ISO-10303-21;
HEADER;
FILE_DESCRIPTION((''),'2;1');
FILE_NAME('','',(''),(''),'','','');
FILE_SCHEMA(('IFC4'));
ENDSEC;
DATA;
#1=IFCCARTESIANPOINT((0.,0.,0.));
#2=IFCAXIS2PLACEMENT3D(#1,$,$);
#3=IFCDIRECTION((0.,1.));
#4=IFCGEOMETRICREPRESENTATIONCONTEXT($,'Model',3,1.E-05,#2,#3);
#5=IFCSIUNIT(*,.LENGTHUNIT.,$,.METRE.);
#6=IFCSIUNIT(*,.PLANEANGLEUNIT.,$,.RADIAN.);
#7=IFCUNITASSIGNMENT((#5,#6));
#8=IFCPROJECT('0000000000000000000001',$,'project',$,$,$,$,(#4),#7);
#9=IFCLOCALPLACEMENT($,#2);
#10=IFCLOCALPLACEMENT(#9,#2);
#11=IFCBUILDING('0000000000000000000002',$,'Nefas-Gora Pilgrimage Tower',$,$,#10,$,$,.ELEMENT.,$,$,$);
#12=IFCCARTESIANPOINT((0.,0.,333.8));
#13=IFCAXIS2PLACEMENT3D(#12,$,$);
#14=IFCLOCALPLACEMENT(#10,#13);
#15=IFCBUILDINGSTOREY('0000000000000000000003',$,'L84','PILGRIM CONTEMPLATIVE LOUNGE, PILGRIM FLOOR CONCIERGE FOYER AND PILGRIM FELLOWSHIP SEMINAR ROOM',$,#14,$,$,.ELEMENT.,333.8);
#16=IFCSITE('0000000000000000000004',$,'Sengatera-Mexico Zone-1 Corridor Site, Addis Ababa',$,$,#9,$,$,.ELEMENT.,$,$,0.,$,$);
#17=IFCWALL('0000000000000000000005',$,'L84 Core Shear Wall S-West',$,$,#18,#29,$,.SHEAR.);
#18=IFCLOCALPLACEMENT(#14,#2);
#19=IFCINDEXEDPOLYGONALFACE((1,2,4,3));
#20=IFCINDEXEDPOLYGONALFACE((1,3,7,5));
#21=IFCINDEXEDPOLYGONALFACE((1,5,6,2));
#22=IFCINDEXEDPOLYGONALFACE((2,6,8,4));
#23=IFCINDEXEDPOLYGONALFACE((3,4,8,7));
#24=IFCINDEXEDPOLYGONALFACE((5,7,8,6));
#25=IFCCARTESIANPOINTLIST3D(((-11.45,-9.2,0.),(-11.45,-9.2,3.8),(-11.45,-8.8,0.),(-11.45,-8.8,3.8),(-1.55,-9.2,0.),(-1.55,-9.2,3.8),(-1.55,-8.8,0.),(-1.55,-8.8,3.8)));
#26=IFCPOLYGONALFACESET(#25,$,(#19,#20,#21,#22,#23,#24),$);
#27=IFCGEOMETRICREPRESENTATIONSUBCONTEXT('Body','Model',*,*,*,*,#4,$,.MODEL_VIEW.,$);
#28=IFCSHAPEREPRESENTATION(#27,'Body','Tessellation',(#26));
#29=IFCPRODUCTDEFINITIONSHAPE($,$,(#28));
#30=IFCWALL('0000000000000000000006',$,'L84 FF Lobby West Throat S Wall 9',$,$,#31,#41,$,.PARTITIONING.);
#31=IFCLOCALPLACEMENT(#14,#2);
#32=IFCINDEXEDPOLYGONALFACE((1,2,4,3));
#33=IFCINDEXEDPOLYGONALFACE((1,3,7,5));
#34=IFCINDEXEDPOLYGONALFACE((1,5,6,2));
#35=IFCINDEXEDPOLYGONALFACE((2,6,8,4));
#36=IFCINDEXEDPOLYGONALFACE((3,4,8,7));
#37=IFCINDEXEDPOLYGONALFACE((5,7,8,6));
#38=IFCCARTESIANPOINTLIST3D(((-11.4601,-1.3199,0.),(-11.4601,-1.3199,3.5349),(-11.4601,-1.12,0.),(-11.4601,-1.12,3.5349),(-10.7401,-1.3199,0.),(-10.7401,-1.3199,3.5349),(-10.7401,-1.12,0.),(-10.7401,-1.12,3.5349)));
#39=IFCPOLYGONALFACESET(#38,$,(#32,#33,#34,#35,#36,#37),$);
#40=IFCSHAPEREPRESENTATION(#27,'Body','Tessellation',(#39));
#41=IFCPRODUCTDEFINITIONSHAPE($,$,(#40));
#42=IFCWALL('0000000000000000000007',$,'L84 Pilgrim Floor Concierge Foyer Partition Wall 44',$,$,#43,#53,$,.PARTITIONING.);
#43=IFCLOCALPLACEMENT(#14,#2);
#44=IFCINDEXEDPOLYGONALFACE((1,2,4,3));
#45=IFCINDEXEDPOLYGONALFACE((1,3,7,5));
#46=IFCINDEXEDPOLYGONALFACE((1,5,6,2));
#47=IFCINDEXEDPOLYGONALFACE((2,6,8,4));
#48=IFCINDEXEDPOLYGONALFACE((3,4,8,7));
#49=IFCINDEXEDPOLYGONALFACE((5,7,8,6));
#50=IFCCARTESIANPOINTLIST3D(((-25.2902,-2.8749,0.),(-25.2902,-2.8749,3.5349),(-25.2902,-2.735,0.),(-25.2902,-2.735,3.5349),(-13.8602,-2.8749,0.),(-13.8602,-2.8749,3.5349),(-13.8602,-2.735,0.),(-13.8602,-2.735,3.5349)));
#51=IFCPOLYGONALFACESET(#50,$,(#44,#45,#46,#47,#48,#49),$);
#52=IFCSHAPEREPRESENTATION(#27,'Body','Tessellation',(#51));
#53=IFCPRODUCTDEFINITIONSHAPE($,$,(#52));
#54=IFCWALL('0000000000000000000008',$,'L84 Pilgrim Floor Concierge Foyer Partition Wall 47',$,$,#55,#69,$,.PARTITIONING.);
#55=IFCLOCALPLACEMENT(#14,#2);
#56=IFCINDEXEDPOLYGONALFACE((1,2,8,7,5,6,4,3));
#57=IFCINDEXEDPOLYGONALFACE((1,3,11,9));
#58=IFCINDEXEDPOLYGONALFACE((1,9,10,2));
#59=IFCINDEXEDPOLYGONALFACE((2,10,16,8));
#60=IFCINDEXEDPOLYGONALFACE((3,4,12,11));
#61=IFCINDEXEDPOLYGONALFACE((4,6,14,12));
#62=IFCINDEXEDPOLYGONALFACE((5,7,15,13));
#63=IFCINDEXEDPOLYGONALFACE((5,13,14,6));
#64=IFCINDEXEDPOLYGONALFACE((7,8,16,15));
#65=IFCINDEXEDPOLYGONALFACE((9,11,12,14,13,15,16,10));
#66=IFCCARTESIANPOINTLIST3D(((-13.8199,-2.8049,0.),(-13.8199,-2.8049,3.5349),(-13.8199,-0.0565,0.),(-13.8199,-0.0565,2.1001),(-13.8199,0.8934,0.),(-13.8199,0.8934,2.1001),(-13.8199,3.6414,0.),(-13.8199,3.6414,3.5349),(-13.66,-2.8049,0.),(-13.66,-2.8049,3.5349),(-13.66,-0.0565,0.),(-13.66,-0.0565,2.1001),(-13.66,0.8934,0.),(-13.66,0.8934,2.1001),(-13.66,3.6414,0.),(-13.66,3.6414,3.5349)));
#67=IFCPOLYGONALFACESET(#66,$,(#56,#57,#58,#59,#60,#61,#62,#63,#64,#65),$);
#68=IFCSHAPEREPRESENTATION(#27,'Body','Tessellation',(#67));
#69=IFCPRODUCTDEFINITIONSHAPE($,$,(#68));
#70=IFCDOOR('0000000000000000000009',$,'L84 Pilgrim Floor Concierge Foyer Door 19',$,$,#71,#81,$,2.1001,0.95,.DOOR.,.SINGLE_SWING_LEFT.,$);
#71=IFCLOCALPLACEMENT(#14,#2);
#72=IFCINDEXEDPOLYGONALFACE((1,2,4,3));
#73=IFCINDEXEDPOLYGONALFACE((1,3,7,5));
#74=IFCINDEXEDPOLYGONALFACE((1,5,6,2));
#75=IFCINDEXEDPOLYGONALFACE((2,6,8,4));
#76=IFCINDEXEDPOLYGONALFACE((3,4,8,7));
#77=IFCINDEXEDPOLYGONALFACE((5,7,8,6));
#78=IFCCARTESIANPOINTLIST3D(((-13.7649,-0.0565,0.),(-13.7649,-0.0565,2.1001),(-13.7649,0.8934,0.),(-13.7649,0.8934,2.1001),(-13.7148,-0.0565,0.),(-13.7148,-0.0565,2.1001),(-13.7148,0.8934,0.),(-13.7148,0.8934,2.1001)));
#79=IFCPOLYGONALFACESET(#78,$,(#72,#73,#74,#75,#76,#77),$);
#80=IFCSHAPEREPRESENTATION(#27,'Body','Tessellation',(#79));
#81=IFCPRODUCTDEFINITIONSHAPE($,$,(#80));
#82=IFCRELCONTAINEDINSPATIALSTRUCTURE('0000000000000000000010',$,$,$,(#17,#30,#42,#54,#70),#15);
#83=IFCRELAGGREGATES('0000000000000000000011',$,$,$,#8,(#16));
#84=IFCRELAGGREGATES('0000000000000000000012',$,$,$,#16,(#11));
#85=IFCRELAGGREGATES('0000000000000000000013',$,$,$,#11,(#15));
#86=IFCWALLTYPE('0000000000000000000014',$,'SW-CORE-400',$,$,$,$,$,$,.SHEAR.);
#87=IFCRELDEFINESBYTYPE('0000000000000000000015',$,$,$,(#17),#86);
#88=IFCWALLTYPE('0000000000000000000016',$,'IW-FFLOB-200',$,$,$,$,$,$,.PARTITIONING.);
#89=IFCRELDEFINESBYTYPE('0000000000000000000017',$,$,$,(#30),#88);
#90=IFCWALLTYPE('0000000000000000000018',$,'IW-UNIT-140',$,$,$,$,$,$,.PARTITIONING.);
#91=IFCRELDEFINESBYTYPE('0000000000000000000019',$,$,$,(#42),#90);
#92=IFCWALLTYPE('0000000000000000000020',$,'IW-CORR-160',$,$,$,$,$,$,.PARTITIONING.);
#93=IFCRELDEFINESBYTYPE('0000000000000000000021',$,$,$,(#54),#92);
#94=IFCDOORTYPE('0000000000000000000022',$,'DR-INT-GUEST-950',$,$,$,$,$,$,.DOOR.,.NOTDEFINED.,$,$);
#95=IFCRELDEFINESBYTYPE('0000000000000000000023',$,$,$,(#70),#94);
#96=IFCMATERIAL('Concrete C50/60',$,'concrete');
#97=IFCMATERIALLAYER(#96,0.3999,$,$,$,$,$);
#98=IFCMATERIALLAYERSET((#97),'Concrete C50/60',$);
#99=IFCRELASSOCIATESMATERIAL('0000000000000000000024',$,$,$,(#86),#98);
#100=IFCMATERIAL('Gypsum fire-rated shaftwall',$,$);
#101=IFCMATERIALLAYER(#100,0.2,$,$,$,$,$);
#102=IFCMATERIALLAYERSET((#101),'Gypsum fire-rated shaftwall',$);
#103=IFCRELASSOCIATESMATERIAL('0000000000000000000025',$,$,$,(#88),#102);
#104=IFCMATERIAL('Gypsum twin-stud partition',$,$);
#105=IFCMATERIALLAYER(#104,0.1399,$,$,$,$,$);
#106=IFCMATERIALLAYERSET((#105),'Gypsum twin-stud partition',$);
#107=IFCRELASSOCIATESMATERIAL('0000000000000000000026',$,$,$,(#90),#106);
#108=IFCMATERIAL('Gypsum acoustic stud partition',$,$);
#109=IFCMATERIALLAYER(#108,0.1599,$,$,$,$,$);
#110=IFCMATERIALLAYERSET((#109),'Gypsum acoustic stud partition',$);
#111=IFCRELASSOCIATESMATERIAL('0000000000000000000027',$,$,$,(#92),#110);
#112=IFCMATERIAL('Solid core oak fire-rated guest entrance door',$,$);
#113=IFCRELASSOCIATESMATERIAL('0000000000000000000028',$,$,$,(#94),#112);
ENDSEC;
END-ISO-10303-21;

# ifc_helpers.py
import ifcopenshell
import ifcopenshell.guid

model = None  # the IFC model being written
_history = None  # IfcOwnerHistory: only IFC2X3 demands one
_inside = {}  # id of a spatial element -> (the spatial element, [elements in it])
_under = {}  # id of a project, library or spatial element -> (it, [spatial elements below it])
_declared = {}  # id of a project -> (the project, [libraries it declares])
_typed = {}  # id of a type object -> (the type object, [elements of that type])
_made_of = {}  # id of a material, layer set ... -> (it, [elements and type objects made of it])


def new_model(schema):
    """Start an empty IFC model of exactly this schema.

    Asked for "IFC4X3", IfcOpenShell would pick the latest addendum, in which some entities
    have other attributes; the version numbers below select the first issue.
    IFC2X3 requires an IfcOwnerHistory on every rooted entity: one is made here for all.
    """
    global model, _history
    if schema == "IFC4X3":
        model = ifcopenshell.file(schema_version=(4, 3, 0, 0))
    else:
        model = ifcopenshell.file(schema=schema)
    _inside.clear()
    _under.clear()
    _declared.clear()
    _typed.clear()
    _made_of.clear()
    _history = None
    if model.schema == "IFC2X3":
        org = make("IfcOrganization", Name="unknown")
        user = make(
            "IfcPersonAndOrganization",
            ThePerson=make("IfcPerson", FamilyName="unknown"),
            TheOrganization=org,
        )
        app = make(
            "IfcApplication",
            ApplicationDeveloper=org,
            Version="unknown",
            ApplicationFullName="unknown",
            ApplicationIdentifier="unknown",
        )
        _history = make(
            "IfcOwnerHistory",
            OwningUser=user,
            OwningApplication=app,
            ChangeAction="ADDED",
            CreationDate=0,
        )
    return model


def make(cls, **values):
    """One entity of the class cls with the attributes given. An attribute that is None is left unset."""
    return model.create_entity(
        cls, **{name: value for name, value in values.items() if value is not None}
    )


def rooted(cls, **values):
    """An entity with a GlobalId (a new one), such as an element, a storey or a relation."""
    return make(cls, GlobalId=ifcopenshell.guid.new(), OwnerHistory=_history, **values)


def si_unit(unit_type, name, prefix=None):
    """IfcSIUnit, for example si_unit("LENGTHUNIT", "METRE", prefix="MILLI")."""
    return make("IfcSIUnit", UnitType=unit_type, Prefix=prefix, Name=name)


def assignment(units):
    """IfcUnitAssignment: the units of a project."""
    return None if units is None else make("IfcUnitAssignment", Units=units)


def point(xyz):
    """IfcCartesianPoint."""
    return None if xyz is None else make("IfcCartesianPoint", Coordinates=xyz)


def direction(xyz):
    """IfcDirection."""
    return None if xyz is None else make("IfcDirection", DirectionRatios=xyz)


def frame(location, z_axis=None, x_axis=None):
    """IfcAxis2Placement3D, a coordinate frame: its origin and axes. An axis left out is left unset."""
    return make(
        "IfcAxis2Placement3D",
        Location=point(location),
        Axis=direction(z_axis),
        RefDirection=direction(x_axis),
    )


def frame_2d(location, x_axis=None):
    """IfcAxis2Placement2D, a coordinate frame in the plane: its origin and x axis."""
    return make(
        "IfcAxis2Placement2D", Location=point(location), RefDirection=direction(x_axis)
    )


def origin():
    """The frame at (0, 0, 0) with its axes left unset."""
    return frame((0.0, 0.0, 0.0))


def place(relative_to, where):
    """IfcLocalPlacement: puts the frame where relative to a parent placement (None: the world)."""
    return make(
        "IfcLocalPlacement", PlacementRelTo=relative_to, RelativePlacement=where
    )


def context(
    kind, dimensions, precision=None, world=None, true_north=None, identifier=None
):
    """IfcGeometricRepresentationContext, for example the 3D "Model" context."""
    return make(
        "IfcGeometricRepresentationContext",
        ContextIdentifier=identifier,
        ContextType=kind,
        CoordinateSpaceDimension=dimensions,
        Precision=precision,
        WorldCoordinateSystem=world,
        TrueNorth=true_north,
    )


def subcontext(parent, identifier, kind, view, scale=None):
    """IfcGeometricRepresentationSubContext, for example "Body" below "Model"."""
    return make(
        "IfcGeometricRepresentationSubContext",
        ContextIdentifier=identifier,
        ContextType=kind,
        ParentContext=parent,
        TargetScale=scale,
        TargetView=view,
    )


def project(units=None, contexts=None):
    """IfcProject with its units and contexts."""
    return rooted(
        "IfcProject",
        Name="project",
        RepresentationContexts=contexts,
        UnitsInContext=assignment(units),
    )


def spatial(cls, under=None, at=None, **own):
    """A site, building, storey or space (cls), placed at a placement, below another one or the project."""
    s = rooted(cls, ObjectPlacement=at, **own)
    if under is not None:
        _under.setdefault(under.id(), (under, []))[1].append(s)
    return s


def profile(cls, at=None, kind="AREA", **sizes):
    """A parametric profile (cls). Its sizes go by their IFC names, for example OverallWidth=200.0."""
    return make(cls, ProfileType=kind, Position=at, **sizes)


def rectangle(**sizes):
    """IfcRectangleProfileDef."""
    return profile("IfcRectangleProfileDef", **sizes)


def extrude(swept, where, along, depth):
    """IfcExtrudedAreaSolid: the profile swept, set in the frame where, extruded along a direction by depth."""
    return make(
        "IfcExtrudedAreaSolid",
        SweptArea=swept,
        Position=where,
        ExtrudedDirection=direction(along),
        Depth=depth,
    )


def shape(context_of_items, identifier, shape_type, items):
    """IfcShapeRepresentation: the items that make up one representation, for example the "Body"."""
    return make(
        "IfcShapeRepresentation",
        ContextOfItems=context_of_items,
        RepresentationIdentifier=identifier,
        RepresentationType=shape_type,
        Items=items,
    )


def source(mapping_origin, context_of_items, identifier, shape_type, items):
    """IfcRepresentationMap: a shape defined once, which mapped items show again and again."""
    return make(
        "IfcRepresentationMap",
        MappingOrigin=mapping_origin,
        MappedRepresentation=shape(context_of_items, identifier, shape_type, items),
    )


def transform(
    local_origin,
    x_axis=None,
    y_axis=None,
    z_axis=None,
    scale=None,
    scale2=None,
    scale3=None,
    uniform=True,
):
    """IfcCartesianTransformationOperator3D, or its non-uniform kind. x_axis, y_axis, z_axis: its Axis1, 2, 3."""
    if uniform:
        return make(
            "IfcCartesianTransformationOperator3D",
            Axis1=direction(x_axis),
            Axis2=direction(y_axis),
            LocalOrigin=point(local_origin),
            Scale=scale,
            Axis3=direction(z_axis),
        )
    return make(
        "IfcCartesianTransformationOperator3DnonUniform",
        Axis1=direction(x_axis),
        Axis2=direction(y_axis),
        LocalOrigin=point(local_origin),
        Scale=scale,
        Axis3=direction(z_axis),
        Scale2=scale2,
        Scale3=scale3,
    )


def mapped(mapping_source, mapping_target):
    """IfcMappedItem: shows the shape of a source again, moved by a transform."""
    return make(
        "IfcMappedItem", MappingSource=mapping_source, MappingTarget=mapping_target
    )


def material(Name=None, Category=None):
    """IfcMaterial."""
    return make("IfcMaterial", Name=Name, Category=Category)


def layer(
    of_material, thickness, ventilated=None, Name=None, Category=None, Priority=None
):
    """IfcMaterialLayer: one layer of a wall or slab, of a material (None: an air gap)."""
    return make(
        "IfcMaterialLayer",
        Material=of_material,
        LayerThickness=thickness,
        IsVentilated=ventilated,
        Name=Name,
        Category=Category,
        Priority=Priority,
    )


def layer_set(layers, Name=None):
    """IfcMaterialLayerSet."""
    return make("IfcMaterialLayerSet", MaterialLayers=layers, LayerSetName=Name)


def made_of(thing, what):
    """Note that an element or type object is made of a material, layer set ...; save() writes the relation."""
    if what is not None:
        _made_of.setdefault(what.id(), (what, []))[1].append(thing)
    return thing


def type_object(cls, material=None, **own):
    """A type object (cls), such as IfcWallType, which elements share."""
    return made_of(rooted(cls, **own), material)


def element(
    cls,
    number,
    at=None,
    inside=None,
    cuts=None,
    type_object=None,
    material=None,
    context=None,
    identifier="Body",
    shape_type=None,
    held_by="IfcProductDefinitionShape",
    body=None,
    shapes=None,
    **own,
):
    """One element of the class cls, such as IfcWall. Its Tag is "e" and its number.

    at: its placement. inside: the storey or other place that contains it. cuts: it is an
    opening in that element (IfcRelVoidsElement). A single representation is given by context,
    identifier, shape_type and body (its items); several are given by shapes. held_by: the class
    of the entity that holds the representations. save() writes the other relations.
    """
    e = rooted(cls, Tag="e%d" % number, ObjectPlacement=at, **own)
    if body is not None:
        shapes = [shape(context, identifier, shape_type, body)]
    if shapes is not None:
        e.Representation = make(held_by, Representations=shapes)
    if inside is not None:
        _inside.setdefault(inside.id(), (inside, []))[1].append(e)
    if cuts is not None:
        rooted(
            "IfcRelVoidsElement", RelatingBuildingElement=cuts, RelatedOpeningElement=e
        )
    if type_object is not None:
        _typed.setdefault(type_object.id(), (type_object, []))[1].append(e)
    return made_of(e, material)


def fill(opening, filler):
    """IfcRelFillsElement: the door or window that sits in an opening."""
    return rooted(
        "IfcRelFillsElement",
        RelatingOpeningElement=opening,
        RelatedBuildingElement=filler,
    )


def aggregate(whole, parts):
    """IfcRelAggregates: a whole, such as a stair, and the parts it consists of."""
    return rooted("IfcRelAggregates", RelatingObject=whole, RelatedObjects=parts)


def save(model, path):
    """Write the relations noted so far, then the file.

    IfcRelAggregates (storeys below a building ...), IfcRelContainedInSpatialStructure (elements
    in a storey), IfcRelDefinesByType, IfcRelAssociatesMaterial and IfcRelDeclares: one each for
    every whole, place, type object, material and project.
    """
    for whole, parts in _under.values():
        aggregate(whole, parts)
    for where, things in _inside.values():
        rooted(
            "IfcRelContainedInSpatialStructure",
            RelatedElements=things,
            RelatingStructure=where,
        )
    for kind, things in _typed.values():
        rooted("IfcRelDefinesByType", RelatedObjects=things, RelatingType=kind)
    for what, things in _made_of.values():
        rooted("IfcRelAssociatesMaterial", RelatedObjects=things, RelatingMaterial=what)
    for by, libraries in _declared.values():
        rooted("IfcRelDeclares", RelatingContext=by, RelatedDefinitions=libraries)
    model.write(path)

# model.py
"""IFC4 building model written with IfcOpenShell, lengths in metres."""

from ifc_helpers import new_model, si_unit, direction, frame, frame_2d, origin, place, context, subcontext, project, spatial, rectangle, extrude, source, transform, mapped, material, layer, layer_set, type_object, element, fill, save


model = new_model("IFC4")

# Units and contexts
model_context = context("Model", 3, precision=1e-05, world=origin(), true_north=direction((0.0, 1.0)))
body_context = subcontext(model_context, "Body", "Model", "MODEL_VIEW")
ifc_project = project(units=[si_unit("LENGTHUNIT", "METRE"), si_unit("PLANEANGLEUNIT", "RADIAN")], contexts=[model_context])

# Site, building, storey
site_placement = place(None, origin())
site = spatial("IfcSite", under=ifc_project, at=site_placement, Name="Sengatera-Mexico Zone-1 Corridor Site, Addis Ababa", CompositionType="ELEMENT", RefElevation=0.0)
building_placement = place(site_placement, origin())
building = spatial("IfcBuilding", under=site, at=building_placement, Name="Nefas-Gora Pilgrimage Tower", CompositionType="ELEMENT")
storey_placement = place(building_placement, frame((0.0, 0.0, 333.8)))
storey = spatial("IfcBuildingStorey", under=building, at=storey_placement, Name="L84", Description="PILGRIM CONTEMPLATIVE LOUNGE, PILGRIM FLOOR CONCIERGE FOYER AND PILGRIM FELLOWSHIP SEMINAR ROOM", CompositionType="ELEMENT", Elevation=333.8)

# Walls
ifc_material_1 = material(Name="Concrete C50/60", Category="concrete")
ifc_layer_1 = layer(ifc_material_1, 0.3999)
ifc_layer_set_1 = layer_set([ifc_layer_1], Name="Concrete C50/60")
wall_type_1 = type_object("IfcWallType", Name="SW-CORE-400", PredefinedType="SHEAR", material=ifc_layer_set_1)
shared_shape_1 = source(origin(), body_context, "Body", "SweptSolid", [
    extrude(rectangle(XDim=9.8999, YDim=0.3999, at=frame_2d((4.95, 0.0))), origin(), (0.0, 0.0, 1.0), 3.8),
])
wall_1_placement = place(storey_placement, frame((-11.45, -9.0, 0.0), z_axis=(0.0, 0.0, 1.0), x_axis=(1.0, 0.0, 0.0)))
element("IfcWall", 1, at=wall_1_placement, inside=storey, type_object=wall_type_1, Name="L84 Core Shear Wall S-West", PredefinedType="SHEAR", context=body_context, shape_type="MappedRepresentation", body=[
    mapped(shared_shape_1, transform((0.0, 0.0, 0.0), x_axis=(1.0, 0.0, 0.0), y_axis=(0.0, 1.0, 0.0), z_axis=(0.0, 0.0, 1.0), scale=1.0)),
])
ifc_material_2 = material(Name="Gypsum fire-rated shaftwall")
ifc_layer_2 = layer(ifc_material_2, 0.2)
ifc_layer_set_2 = layer_set([ifc_layer_2], Name="Gypsum fire-rated shaftwall")
wall_type_2 = type_object("IfcWallType", Name="IW-FFLOB-200", PredefinedType="PARTITIONING", material=ifc_layer_set_2)
shared_shape_2 = source(origin(), body_context, "Body", "SweptSolid", [
    extrude(rectangle(XDim=0.72, YDim=0.2, at=frame_2d((0.3599, 0.0))), origin(), (0.0, 0.0, 1.0), 3.5349),
])
wall_2_placement = place(storey_placement, frame((-11.46, -1.22, 0.0), z_axis=(0.0, 0.0, 1.0), x_axis=(1.0, 0.0, 0.0)))
element("IfcWall", 2, at=wall_2_placement, inside=storey, type_object=wall_type_2, Name="L84 FF Lobby West Throat S Wall 9", PredefinedType="PARTITIONING", context=body_context, shape_type="MappedRepresentation", body=[
    mapped(shared_shape_2, transform((0.0, 0.0, 0.0), x_axis=(1.0, 0.0, 0.0), y_axis=(0.0, 1.0, 0.0), z_axis=(0.0, 0.0, 1.0), scale=1.0)),
])
ifc_material_3 = material(Name="Gypsum twin-stud partition")
ifc_layer_3 = layer(ifc_material_3, 0.1399)
ifc_layer_set_3 = layer_set([ifc_layer_3], Name="Gypsum twin-stud partition")
wall_type_3 = type_object("IfcWallType", Name="IW-UNIT-140", PredefinedType="PARTITIONING", material=ifc_layer_set_3)
shared_shape_3 = source(origin(), body_context, "Body", "SweptSolid", [
    extrude(rectangle(XDim=11.4299, YDim=0.1399, at=frame_2d((5.7148, 0.0))), origin(), (0.0, 0.0, 1.0), 3.5349),
])
wall_3_placement = place(storey_placement, frame((-25.29, -2.8049, 0.0), z_axis=(0.0, 0.0, 1.0), x_axis=(1.0, 0.0, 0.0)))
element("IfcWall", 3, at=wall_3_placement, inside=storey, type_object=wall_type_3, Name="L84 Pilgrim Floor Concierge Foyer Partition Wall 44", PredefinedType="PARTITIONING", context=body_context, shape_type="MappedRepresentation", body=[
    mapped(shared_shape_3, transform((0.0, 0.0, 0.0), x_axis=(1.0, 0.0, 0.0), y_axis=(0.0, 1.0, 0.0), z_axis=(0.0, 0.0, 1.0), scale=1.0)),
])

# Wall, opening, door
ifc_material_4 = material(Name="Gypsum acoustic stud partition")
ifc_layer_4 = layer(ifc_material_4, 0.1599)
ifc_layer_set_4 = layer_set([ifc_layer_4], Name="Gypsum acoustic stud partition")
wall_type_4 = type_object("IfcWallType", Name="IW-CORR-160", PredefinedType="PARTITIONING", material=ifc_layer_set_4)
shared_shape_4 = source(origin(), body_context, "Body", "SweptSolid", [
    extrude(rectangle(XDim=6.4463, YDim=0.1599, at=frame_2d((3.2231, 0.0))), origin(), (0.0, 0.0, 1.0), 3.5349),
])
wall_4_placement = place(storey_placement, frame((-13.74, -2.8049, 0.0), z_axis=(0.0, 0.0, 1.0), x_axis=(0.0, 1.0, 0.0)))
wall_4 = element("IfcWall", 4, at=wall_4_placement, inside=storey, type_object=wall_type_4, Name="L84 Pilgrim Floor Concierge Foyer Partition Wall 47", PredefinedType="PARTITIONING", context=body_context, shape_type="MappedRepresentation", body=[
    mapped(shared_shape_4, transform((0.0, 0.0, 0.0), x_axis=(1.0, 0.0, 0.0), y_axis=(0.0, 1.0, 0.0), z_axis=(0.0, 0.0, 1.0), scale=1.0)),
])
opening_1_placement = place(wall_4_placement, frame((2.7483, 0.0, 0.0)))
opening_1 = element("IfcOpeningElement", 5, at=opening_1_placement, cuts=wall_4, PredefinedType="OPENING", context=body_context, shape_type="SweptSolid", body=[
    extrude(rectangle(XDim=0.95, YDim=2.1001, at=frame_2d((0.4751, 1.05))), frame((0.0, 0.0898, 0.0), z_axis=(0.0, -1.0, 0.0), x_axis=(1.0, 0.0, 0.0)), (0.0, 0.0, 1.0), 0.1799),
])
ifc_material_5 = material(Name="Solid core oak fire-rated guest entrance door")
door_type_1 = type_object("IfcDoorType", Name="DR-INT-GUEST-950", OperationType="NOTDEFINED", PredefinedType="DOOR", material=ifc_material_5)
shared_shape_5 = source(origin(), body_context, "Body", "SweptSolid", [
    extrude(rectangle(XDim=0.95, YDim=2.1001, at=frame_2d((0.4751, 1.05))), frame((0.0, 0.0249, 0.0), z_axis=(0.0, -1.0, 0.0), x_axis=(1.0, 0.0, 0.0)), (0.0, 0.0, 1.0), 0.05),
])
door_1_placement = place(opening_1_placement, origin())
door_1 = element("IfcDoor", 6, at=door_1_placement, inside=storey, type_object=door_type_1, Name="L84 Pilgrim Floor Concierge Foyer Door 19", OperationType="SINGLE_SWING_LEFT", OverallHeight=2.1001, OverallWidth=0.95, PredefinedType="DOOR", context=body_context, shape_type="MappedRepresentation", body=[
    mapped(shared_shape_5, transform((0.0, 0.0, 0.0), x_axis=(1.0, 0.0, 0.0), y_axis=(0.0, 1.0, 0.0), z_axis=(0.0, 0.0, 1.0), scale=1.0)),
])
fill(opening_1, door_1)

save(model, "model.ifc")
